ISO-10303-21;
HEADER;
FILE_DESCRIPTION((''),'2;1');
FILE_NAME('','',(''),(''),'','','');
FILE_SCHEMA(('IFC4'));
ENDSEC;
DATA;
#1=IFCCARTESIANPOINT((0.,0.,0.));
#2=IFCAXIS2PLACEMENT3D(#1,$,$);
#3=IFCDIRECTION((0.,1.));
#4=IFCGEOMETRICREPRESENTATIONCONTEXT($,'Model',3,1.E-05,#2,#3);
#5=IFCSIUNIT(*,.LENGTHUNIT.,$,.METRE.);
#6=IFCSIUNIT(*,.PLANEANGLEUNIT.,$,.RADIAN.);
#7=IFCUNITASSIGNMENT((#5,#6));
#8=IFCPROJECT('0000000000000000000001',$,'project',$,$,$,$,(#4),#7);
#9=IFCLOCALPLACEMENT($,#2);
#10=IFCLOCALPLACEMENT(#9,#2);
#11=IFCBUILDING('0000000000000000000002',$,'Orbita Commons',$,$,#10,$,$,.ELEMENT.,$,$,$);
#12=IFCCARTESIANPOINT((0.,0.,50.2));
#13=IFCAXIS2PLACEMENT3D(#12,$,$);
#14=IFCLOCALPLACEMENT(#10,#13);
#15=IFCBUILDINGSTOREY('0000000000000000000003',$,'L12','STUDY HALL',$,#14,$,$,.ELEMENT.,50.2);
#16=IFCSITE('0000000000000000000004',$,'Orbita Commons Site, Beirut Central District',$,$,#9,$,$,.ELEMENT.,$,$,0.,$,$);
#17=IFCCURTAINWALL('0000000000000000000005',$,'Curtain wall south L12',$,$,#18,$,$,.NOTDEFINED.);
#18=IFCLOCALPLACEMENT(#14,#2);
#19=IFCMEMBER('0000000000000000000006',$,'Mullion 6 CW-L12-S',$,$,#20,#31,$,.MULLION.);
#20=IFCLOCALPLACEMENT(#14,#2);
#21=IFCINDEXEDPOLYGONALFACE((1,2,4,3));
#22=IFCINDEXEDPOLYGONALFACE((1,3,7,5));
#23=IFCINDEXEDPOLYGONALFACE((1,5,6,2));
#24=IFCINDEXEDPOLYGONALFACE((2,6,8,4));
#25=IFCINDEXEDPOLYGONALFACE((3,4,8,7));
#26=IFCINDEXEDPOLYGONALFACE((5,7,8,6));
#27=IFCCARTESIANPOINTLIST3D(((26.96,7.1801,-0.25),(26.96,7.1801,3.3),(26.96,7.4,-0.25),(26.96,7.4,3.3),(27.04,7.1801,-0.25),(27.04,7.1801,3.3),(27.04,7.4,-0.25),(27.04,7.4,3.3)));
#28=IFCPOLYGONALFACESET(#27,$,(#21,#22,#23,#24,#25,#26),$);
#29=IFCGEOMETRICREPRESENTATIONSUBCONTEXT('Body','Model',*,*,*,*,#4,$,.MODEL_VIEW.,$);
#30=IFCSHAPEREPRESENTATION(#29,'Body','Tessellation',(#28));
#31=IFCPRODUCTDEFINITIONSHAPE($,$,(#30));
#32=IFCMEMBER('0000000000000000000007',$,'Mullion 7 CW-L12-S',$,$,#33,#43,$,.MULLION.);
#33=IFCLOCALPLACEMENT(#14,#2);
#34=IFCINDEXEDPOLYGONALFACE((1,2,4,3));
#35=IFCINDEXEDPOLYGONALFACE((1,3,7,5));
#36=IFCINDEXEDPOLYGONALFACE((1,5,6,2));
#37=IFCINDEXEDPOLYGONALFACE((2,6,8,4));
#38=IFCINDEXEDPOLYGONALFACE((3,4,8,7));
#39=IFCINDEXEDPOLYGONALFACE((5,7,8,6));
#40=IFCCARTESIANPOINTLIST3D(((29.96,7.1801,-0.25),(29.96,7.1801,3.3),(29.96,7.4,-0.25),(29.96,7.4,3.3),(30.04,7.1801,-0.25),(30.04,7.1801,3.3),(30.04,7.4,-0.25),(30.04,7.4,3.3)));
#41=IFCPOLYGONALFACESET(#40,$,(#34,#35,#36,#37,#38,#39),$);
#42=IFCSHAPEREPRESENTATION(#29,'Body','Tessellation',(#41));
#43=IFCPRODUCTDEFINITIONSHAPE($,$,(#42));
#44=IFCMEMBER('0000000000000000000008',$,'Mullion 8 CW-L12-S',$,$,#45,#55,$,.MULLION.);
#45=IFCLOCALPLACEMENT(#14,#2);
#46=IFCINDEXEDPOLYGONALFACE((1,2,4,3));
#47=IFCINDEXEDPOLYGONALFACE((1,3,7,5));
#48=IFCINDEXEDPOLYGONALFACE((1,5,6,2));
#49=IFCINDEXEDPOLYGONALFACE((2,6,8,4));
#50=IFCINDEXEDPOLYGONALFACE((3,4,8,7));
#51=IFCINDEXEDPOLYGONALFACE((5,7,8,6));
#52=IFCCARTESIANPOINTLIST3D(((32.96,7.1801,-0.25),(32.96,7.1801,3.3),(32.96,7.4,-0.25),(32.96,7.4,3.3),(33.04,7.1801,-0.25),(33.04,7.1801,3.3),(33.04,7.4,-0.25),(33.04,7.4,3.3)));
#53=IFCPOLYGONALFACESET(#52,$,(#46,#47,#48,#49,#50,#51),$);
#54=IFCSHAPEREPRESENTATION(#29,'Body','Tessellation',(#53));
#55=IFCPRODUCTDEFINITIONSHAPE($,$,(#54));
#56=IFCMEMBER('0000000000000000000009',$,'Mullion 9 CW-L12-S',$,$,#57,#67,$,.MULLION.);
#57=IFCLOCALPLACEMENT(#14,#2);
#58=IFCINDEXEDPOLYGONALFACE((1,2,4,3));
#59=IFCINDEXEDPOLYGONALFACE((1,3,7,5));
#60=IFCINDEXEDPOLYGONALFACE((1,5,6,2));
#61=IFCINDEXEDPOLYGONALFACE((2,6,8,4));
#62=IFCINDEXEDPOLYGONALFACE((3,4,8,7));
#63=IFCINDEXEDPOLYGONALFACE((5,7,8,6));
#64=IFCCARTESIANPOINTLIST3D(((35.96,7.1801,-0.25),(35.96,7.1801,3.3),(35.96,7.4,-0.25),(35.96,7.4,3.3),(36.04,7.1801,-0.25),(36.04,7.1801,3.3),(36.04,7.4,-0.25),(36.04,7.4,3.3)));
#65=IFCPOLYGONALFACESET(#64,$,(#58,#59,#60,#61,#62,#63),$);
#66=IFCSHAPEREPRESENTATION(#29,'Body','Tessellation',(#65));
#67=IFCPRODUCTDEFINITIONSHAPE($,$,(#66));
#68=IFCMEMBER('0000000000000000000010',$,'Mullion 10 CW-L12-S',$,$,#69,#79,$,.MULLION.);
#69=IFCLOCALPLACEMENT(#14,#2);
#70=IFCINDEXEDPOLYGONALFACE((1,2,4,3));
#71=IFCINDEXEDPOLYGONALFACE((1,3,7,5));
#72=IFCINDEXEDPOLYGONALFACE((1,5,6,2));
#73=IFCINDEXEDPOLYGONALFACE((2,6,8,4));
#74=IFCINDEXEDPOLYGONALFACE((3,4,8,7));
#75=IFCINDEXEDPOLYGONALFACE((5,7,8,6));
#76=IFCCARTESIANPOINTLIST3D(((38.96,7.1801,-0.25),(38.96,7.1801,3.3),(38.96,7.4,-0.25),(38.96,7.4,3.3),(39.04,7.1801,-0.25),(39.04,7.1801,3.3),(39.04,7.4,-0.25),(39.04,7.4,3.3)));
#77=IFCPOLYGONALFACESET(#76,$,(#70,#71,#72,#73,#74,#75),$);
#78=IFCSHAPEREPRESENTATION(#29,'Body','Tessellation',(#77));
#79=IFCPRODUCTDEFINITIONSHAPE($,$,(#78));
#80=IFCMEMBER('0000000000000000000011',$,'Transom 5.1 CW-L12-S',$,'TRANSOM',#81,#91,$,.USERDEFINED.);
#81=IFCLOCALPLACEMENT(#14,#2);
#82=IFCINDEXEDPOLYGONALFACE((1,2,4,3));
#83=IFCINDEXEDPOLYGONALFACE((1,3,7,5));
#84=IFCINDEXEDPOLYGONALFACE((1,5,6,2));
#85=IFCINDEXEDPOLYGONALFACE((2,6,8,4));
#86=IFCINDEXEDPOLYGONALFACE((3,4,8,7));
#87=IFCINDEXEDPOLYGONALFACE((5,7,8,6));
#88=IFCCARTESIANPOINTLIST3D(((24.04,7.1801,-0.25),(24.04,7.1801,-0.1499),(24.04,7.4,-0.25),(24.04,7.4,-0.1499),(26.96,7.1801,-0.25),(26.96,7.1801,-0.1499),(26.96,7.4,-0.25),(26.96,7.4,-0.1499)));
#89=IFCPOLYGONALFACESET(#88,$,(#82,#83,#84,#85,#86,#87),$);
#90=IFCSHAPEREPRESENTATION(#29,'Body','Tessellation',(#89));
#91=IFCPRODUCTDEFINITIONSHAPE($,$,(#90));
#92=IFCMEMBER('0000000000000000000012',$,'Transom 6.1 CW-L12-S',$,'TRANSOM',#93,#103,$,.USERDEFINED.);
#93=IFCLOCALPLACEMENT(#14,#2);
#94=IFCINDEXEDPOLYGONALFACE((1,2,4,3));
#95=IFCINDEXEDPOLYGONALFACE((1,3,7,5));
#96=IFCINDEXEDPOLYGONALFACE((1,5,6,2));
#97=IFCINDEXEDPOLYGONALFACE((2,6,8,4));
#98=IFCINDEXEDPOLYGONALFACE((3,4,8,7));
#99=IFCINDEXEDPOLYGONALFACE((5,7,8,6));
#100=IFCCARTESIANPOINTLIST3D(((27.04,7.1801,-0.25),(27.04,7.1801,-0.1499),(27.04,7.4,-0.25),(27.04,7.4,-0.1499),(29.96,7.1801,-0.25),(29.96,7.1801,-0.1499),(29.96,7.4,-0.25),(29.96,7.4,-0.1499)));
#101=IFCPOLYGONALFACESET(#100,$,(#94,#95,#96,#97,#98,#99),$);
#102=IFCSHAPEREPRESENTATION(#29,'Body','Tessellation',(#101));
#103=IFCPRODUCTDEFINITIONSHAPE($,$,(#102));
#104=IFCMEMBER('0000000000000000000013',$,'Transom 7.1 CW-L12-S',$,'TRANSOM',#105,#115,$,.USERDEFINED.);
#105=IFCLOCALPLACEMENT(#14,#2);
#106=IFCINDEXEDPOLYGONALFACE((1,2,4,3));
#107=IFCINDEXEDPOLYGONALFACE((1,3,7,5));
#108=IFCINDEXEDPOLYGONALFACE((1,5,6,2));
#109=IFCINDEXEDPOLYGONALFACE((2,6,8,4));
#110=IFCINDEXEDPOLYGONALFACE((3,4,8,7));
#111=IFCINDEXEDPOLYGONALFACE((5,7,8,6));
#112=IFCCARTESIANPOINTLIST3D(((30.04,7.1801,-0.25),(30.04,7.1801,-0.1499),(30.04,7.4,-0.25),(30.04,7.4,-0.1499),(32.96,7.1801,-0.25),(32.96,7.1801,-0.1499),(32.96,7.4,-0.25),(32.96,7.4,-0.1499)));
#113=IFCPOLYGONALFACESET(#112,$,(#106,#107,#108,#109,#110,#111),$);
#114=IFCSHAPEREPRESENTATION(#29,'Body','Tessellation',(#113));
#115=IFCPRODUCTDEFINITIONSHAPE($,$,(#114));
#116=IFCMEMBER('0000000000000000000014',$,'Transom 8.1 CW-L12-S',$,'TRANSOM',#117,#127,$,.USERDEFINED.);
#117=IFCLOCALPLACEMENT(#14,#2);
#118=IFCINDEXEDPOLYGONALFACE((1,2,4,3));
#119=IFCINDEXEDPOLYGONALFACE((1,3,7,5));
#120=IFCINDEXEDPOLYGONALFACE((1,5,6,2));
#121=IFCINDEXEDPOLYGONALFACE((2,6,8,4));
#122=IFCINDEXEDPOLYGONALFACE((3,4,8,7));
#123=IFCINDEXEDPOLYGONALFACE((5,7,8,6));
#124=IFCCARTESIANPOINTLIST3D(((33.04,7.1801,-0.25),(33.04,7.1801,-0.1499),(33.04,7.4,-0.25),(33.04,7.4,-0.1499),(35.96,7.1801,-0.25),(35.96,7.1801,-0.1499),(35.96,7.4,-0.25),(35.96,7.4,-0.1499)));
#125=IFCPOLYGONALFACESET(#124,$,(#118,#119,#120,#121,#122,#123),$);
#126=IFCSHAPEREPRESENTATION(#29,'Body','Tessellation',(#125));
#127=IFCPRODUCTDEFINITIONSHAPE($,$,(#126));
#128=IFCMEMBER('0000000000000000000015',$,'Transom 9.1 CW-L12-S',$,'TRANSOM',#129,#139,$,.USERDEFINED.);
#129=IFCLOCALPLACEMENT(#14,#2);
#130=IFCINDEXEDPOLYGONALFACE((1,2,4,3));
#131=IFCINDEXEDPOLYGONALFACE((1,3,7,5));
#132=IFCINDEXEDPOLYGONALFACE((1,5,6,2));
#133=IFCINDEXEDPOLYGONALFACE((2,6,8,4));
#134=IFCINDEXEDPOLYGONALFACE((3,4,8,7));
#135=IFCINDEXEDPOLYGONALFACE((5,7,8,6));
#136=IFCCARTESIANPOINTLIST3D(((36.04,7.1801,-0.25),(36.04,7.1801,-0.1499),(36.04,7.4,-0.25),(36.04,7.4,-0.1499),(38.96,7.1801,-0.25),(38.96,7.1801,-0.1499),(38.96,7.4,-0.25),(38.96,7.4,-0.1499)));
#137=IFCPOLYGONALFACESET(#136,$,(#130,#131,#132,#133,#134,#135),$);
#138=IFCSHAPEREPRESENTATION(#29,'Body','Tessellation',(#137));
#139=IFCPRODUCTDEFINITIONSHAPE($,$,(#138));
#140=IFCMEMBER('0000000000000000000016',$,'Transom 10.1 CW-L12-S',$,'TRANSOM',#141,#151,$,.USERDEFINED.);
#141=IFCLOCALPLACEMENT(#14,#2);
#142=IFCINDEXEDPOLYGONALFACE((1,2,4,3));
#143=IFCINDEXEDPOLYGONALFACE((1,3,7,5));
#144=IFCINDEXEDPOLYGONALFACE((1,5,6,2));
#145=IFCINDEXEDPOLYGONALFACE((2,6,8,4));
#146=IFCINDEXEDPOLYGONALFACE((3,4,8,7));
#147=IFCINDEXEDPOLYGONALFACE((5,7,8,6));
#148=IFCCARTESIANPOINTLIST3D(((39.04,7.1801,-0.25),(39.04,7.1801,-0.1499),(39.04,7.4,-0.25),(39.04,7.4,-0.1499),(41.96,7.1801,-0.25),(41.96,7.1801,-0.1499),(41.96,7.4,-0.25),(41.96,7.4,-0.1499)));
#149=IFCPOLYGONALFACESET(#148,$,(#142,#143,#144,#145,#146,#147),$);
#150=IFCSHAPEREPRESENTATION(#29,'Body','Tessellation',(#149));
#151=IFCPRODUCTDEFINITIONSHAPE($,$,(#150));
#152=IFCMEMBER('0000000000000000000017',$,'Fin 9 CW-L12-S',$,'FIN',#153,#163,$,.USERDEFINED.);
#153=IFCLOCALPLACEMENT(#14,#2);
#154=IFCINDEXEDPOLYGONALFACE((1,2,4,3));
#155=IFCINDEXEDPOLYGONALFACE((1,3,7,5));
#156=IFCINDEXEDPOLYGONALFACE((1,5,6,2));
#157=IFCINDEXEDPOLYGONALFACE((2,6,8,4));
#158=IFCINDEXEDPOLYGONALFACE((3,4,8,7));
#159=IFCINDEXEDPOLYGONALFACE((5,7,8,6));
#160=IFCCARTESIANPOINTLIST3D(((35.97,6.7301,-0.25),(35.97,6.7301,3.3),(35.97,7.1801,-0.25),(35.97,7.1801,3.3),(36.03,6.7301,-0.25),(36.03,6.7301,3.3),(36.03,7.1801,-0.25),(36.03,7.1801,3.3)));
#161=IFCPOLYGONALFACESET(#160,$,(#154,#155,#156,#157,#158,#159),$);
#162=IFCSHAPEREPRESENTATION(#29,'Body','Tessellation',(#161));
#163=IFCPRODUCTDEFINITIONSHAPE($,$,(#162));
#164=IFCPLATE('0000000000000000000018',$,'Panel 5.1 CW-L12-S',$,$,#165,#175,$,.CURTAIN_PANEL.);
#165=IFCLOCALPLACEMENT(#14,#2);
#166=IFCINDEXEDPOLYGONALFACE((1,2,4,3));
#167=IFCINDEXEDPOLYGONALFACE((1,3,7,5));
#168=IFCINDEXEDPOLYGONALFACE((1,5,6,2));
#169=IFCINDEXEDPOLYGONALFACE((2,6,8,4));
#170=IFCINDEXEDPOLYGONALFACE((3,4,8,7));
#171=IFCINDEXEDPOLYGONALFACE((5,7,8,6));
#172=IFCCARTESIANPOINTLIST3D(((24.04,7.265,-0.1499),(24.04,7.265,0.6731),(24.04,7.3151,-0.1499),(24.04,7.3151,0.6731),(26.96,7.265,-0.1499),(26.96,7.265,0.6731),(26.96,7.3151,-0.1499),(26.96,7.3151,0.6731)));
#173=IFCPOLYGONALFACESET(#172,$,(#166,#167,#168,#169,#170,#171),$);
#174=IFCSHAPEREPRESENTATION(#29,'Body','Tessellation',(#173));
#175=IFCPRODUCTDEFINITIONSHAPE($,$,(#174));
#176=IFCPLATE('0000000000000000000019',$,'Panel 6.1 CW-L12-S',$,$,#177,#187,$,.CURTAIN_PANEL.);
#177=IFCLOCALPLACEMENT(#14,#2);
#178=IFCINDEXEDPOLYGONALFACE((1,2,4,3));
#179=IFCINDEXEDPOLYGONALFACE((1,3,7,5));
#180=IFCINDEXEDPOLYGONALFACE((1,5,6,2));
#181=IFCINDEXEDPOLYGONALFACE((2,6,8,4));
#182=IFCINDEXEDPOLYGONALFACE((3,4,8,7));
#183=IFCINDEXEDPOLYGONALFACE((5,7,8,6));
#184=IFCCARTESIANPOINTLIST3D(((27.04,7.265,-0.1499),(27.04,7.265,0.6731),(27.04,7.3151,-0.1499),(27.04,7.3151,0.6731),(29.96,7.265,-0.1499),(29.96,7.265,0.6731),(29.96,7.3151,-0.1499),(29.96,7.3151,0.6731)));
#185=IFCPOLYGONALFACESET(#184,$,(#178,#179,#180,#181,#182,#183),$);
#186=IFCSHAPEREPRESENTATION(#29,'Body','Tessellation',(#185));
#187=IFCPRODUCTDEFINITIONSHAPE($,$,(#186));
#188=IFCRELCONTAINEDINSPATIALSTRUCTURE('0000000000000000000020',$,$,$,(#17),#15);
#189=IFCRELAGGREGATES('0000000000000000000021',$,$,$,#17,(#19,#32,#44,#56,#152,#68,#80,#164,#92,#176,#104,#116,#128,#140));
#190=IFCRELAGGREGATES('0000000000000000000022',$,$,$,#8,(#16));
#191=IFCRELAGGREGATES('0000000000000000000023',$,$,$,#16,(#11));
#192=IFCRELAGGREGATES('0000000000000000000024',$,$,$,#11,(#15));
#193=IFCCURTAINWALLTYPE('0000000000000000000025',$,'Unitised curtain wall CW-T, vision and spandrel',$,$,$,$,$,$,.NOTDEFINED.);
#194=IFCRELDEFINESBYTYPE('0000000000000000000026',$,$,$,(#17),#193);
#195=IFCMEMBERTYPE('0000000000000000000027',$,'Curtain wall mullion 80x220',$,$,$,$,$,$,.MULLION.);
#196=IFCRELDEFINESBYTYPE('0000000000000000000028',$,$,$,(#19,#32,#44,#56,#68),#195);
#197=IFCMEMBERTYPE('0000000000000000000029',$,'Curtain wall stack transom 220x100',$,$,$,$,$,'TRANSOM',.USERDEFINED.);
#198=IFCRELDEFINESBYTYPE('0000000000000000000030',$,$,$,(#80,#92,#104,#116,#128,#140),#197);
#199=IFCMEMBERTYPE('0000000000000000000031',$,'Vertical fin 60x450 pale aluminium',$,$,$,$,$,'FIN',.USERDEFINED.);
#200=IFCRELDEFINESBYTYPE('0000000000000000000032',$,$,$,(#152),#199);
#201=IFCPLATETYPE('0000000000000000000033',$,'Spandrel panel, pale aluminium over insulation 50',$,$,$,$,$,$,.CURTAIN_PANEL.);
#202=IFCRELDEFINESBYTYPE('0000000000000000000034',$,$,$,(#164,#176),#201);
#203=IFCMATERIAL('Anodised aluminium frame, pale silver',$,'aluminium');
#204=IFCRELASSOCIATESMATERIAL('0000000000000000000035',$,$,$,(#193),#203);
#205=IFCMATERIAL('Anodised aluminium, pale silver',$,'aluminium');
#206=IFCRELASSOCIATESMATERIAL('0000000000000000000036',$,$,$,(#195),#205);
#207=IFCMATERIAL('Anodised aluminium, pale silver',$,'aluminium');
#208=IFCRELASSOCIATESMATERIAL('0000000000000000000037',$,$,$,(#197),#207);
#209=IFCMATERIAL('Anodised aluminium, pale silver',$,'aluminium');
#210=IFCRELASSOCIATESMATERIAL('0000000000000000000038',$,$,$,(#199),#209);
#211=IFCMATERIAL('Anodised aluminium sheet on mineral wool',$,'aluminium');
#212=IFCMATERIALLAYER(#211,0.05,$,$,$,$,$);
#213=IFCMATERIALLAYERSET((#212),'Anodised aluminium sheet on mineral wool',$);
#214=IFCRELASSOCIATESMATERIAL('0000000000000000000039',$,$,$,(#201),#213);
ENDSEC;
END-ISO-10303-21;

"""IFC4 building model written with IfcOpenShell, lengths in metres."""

from ifc_helpers import new_model, si_unit, direction, frame, origin, origin_2d, place, context, subcontext, project, spatial, rectangle, extrude, material, layer, layer_set, material_profile, profile_set, type_object, element, aggregate, save


model = new_model("IFC4")

# Units and contexts
model_context = context("Model", 3, precision=1e-05, world=origin(), true_north=direction((0.0, 1.0)))
body_context = subcontext(model_context, "Body", "Model", "MODEL_VIEW")
ifc_project = project(units=[si_unit("LENGTHUNIT", "METRE"), si_unit("PLANEANGLEUNIT", "RADIAN")], contexts=[model_context])

# Site, building, storey
site_placement = place(None, origin())
site = spatial("IfcSite", under=ifc_project, at=site_placement, Name="Orbita Commons Site, Beirut Central District", CompositionType="ELEMENT", RefElevation=0.0)
building_placement = place(site_placement, origin())
building = spatial("IfcBuilding", under=site, at=building_placement, Name="Orbita Commons", CompositionType="ELEMENT")
storey_placement = place(building_placement, frame((0.0, 0.0, 50.2)))
storey = spatial("IfcBuildingStorey", under=building, at=storey_placement, Name="L12", Description="STUDY HALL", CompositionType="ELEMENT", Elevation=50.2)

# Curtain wall, members, plates
ifc_material_1 = material(Name="Anodised aluminium frame, pale silver", Category="aluminium")
curtain_wall_type = type_object("IfcCurtainWallType", Name="Unitised curtain wall CW-T, vision and spandrel", PredefinedType="NOTDEFINED", material=ifc_material_1)
curtain_wall_placement = place(storey_placement, origin())
curtain_wall = element("IfcCurtainWall", 1, at=curtain_wall_placement, inside=storey, type_object=curtain_wall_type, Name="Curtain wall south L12", PredefinedType="NOTDEFINED")
ifc_material_2 = material(Name="Anodised aluminium, pale silver", Category="aluminium")
ifc_material_profile_1 = material_profile(ifc_material_2, rectangle(XDim=0.0801, YDim=0.22, at=origin_2d()), Name="AL 80x220")
ifc_profile_set_1 = profile_set([ifc_material_profile_1], Name="Anodised aluminium, pale silver")
member_type_1 = type_object("IfcMemberType", Name="Curtain wall mullion 80x220", PredefinedType="MULLION", material=ifc_profile_set_1)
member_1_placement = place(storey_placement, frame((27.0, 7.29, -0.25), z_axis=(0.0, 0.0, 1.0), x_axis=(1.0, 0.0, 0.0)))
member_1 = element("IfcMember", 2, at=member_1_placement, type_object=member_type_1, Name="Mullion 6 CW-L12-S", PredefinedType="MULLION", context=body_context, shape_type="SweptSolid", body=[
    extrude(rectangle(XDim=0.0801, YDim=0.22, at=origin_2d()), origin(), (0.0, 0.0, 1.0), 3.55),
])
member_2_placement = place(storey_placement, frame((30.0, 7.29, -0.25), z_axis=(0.0, 0.0, 1.0), x_axis=(1.0, 0.0, 0.0)))
member_2 = element("IfcMember", 3, at=member_2_placement, type_object=member_type_1, Name="Mullion 7 CW-L12-S", PredefinedType="MULLION", context=body_context, shape_type="SweptSolid", body=[
    extrude(rectangle(XDim=0.0801, YDim=0.22, at=origin_2d()), origin(), (0.0, 0.0, 1.0), 3.55),
])
member_3_placement = place(storey_placement, frame((33.0, 7.29, -0.25), z_axis=(0.0, 0.0, 1.0), x_axis=(1.0, 0.0, 0.0)))
member_3 = element("IfcMember", 4, at=member_3_placement, type_object=member_type_1, Name="Mullion 8 CW-L12-S", PredefinedType="MULLION", context=body_context, shape_type="SweptSolid", body=[
    extrude(rectangle(XDim=0.0801, YDim=0.22, at=origin_2d()), origin(), (0.0, 0.0, 1.0), 3.55),
])
member_4_placement = place(storey_placement, frame((36.0, 7.29, -0.25), z_axis=(0.0, 0.0, 1.0), x_axis=(1.0, 0.0, 0.0)))
member_4 = element("IfcMember", 5, at=member_4_placement, type_object=member_type_1, Name="Mullion 9 CW-L12-S", PredefinedType="MULLION", context=body_context, shape_type="SweptSolid", body=[
    extrude(rectangle(XDim=0.0801, YDim=0.22, at=origin_2d()), origin(), (0.0, 0.0, 1.0), 3.55),
])
member_5_placement = place(storey_placement, frame((39.0, 7.29, -0.25), z_axis=(0.0, 0.0, 1.0), x_axis=(1.0, 0.0, 0.0)))
member_5 = element("IfcMember", 6, at=member_5_placement, type_object=member_type_1, Name="Mullion 10 CW-L12-S", PredefinedType="MULLION", context=body_context, shape_type="SweptSolid", body=[
    extrude(rectangle(XDim=0.0801, YDim=0.22, at=origin_2d()), origin(), (0.0, 0.0, 1.0), 3.55),
])
ifc_material_3 = material(Name="Anodised aluminium, pale silver", Category="aluminium")
ifc_material_profile_2 = material_profile(ifc_material_3, rectangle(XDim=0.22, YDim=0.1001, at=origin_2d()), Name="AL 220x100")
ifc_profile_set_2 = profile_set([ifc_material_profile_2], Name="Anodised aluminium, pale silver")
member_type_2 = type_object("IfcMemberType", Name="Curtain wall stack transom 220x100", ElementType="TRANSOM", PredefinedType="USERDEFINED", material=ifc_profile_set_2)
member_6_placement = place(storey_placement, frame((24.04, 7.29, -0.2), z_axis=(1.0, 0.0, 0.0), x_axis=(0.0, 1.0, 0.0)))
member_6 = element("IfcMember", 7, at=member_6_placement, type_object=member_type_2, Name="Transom 5.1 CW-L12-S", ObjectType="TRANSOM", PredefinedType="USERDEFINED", context=body_context, shape_type="SweptSolid", body=[
    extrude(rectangle(XDim=0.22, YDim=0.1001, at=origin_2d()), origin(), (0.0, 0.0, 1.0), 2.9199),
])
member_7_placement = place(storey_placement, frame((27.04, 7.29, -0.2), z_axis=(1.0, 0.0, 0.0), x_axis=(0.0, 1.0, 0.0)))
member_7 = element("IfcMember", 8, at=member_7_placement, type_object=member_type_2, Name="Transom 6.1 CW-L12-S", ObjectType="TRANSOM", PredefinedType="USERDEFINED", context=body_context, shape_type="SweptSolid", body=[
    extrude(rectangle(XDim=0.22, YDim=0.1001, at=origin_2d()), origin(), (0.0, 0.0, 1.0), 2.9199),
])
member_8_placement = place(storey_placement, frame((30.04, 7.29, -0.2), z_axis=(1.0, 0.0, 0.0), x_axis=(0.0, 1.0, 0.0)))
member_8 = element("IfcMember", 9, at=member_8_placement, type_object=member_type_2, Name="Transom 7.1 CW-L12-S", ObjectType="TRANSOM", PredefinedType="USERDEFINED", context=body_context, shape_type="SweptSolid", body=[
    extrude(rectangle(XDim=0.22, YDim=0.1001, at=origin_2d()), origin(), (0.0, 0.0, 1.0), 2.9199),
])
member_9_placement = place(storey_placement, frame((33.04, 7.29, -0.2), z_axis=(1.0, 0.0, 0.0), x_axis=(0.0, 1.0, 0.0)))
member_9 = element("IfcMember", 10, at=member_9_placement, type_object=member_type_2, Name="Transom 8.1 CW-L12-S", ObjectType="TRANSOM", PredefinedType="USERDEFINED", context=body_context, shape_type="SweptSolid", body=[
    extrude(rectangle(XDim=0.22, YDim=0.1001, at=origin_2d()), origin(), (0.0, 0.0, 1.0), 2.9199),
])
member_10_placement = place(storey_placement, frame((36.04, 7.29, -0.2), z_axis=(1.0, 0.0, 0.0), x_axis=(0.0, 1.0, 0.0)))
member_10 = element("IfcMember", 11, at=member_10_placement, type_object=member_type_2, Name="Transom 9.1 CW-L12-S", ObjectType="TRANSOM", PredefinedType="USERDEFINED", context=body_context, shape_type="SweptSolid", body=[
    extrude(rectangle(XDim=0.22, YDim=0.1001, at=origin_2d()), origin(), (0.0, 0.0, 1.0), 2.9199),
])
member_11_placement = place(storey_placement, frame((39.04, 7.29, -0.2), z_axis=(1.0, 0.0, 0.0), x_axis=(0.0, 1.0, 0.0)))
member_11 = element("IfcMember", 12, at=member_11_placement, type_object=member_type_2, Name="Transom 10.1 CW-L12-S", ObjectType="TRANSOM", PredefinedType="USERDEFINED", context=body_context, shape_type="SweptSolid", body=[
    extrude(rectangle(XDim=0.22, YDim=0.1001, at=origin_2d()), origin(), (0.0, 0.0, 1.0), 2.9199),
])
ifc_material_4 = material(Name="Anodised aluminium, pale silver", Category="aluminium")
ifc_material_profile_3 = material_profile(ifc_material_4, rectangle(XDim=0.0601, YDim=0.45, at=origin_2d()), Name="FIN 60x450")
ifc_profile_set_3 = profile_set([ifc_material_profile_3], Name="Anodised aluminium, pale silver")
member_type_3 = type_object("IfcMemberType", Name="Vertical fin 60x450 pale aluminium", ElementType="FIN", PredefinedType="USERDEFINED", material=ifc_profile_set_3)
member_12_placement = place(storey_placement, frame((36.0, 6.9551, -0.25), z_axis=(0.0, 0.0, 1.0), x_axis=(1.0, 0.0, 0.0)))
member_12 = element("IfcMember", 13, at=member_12_placement, type_object=member_type_3, Name="Fin 9 CW-L12-S", ObjectType="FIN", PredefinedType="USERDEFINED", context=body_context, shape_type="SweptSolid", body=[
    extrude(rectangle(XDim=0.0601, YDim=0.45, at=origin_2d()), origin(), (0.0, 0.0, 1.0), 3.55),
])
ifc_material_5 = material(Name="Anodised aluminium sheet on mineral wool", Category="aluminium")
ifc_layer_1 = layer(ifc_material_5, 0.05)
ifc_layer_set_1 = layer_set([ifc_layer_1], Name="Anodised aluminium sheet on mineral wool")
plate_type_1 = type_object("IfcPlateType", Name="Spandrel panel, pale aluminium over insulation 50", PredefinedType="CURTAIN_PANEL", material=ifc_layer_set_1)
plate_1_placement = place(storey_placement, frame((25.5, 7.29, -0.1499), z_axis=(0.0, 0.0, 1.0), x_axis=(1.0, 0.0, 0.0)))
plate_1 = element("IfcPlate", 14, at=plate_1_placement, type_object=plate_type_1, Name="Panel 5.1 CW-L12-S", PredefinedType="CURTAIN_PANEL", context=body_context, shape_type="SweptSolid", body=[
    extrude(rectangle(XDim=2.9199, YDim=0.05, at=origin_2d()), origin(), (0.0, 0.0, 1.0), 0.823),
])
plate_2_placement = place(storey_placement, frame((28.5, 7.29, -0.1499), z_axis=(0.0, 0.0, 1.0), x_axis=(1.0, 0.0, 0.0)))
plate_2 = element("IfcPlate", 15, at=plate_2_placement, type_object=plate_type_1, Name="Panel 6.1 CW-L12-S", PredefinedType="CURTAIN_PANEL", context=body_context, shape_type="SweptSolid", body=[
    extrude(rectangle(XDim=2.9199, YDim=0.05, at=origin_2d()), origin(), (0.0, 0.0, 1.0), 0.823),
])
aggregate(curtain_wall, [member_1, member_2, member_3, member_4, member_12, member_5, member_6, plate_1, member_7, plate_2, member_8, member_9, member_10, member_11])

save(model, "model.ifc")
